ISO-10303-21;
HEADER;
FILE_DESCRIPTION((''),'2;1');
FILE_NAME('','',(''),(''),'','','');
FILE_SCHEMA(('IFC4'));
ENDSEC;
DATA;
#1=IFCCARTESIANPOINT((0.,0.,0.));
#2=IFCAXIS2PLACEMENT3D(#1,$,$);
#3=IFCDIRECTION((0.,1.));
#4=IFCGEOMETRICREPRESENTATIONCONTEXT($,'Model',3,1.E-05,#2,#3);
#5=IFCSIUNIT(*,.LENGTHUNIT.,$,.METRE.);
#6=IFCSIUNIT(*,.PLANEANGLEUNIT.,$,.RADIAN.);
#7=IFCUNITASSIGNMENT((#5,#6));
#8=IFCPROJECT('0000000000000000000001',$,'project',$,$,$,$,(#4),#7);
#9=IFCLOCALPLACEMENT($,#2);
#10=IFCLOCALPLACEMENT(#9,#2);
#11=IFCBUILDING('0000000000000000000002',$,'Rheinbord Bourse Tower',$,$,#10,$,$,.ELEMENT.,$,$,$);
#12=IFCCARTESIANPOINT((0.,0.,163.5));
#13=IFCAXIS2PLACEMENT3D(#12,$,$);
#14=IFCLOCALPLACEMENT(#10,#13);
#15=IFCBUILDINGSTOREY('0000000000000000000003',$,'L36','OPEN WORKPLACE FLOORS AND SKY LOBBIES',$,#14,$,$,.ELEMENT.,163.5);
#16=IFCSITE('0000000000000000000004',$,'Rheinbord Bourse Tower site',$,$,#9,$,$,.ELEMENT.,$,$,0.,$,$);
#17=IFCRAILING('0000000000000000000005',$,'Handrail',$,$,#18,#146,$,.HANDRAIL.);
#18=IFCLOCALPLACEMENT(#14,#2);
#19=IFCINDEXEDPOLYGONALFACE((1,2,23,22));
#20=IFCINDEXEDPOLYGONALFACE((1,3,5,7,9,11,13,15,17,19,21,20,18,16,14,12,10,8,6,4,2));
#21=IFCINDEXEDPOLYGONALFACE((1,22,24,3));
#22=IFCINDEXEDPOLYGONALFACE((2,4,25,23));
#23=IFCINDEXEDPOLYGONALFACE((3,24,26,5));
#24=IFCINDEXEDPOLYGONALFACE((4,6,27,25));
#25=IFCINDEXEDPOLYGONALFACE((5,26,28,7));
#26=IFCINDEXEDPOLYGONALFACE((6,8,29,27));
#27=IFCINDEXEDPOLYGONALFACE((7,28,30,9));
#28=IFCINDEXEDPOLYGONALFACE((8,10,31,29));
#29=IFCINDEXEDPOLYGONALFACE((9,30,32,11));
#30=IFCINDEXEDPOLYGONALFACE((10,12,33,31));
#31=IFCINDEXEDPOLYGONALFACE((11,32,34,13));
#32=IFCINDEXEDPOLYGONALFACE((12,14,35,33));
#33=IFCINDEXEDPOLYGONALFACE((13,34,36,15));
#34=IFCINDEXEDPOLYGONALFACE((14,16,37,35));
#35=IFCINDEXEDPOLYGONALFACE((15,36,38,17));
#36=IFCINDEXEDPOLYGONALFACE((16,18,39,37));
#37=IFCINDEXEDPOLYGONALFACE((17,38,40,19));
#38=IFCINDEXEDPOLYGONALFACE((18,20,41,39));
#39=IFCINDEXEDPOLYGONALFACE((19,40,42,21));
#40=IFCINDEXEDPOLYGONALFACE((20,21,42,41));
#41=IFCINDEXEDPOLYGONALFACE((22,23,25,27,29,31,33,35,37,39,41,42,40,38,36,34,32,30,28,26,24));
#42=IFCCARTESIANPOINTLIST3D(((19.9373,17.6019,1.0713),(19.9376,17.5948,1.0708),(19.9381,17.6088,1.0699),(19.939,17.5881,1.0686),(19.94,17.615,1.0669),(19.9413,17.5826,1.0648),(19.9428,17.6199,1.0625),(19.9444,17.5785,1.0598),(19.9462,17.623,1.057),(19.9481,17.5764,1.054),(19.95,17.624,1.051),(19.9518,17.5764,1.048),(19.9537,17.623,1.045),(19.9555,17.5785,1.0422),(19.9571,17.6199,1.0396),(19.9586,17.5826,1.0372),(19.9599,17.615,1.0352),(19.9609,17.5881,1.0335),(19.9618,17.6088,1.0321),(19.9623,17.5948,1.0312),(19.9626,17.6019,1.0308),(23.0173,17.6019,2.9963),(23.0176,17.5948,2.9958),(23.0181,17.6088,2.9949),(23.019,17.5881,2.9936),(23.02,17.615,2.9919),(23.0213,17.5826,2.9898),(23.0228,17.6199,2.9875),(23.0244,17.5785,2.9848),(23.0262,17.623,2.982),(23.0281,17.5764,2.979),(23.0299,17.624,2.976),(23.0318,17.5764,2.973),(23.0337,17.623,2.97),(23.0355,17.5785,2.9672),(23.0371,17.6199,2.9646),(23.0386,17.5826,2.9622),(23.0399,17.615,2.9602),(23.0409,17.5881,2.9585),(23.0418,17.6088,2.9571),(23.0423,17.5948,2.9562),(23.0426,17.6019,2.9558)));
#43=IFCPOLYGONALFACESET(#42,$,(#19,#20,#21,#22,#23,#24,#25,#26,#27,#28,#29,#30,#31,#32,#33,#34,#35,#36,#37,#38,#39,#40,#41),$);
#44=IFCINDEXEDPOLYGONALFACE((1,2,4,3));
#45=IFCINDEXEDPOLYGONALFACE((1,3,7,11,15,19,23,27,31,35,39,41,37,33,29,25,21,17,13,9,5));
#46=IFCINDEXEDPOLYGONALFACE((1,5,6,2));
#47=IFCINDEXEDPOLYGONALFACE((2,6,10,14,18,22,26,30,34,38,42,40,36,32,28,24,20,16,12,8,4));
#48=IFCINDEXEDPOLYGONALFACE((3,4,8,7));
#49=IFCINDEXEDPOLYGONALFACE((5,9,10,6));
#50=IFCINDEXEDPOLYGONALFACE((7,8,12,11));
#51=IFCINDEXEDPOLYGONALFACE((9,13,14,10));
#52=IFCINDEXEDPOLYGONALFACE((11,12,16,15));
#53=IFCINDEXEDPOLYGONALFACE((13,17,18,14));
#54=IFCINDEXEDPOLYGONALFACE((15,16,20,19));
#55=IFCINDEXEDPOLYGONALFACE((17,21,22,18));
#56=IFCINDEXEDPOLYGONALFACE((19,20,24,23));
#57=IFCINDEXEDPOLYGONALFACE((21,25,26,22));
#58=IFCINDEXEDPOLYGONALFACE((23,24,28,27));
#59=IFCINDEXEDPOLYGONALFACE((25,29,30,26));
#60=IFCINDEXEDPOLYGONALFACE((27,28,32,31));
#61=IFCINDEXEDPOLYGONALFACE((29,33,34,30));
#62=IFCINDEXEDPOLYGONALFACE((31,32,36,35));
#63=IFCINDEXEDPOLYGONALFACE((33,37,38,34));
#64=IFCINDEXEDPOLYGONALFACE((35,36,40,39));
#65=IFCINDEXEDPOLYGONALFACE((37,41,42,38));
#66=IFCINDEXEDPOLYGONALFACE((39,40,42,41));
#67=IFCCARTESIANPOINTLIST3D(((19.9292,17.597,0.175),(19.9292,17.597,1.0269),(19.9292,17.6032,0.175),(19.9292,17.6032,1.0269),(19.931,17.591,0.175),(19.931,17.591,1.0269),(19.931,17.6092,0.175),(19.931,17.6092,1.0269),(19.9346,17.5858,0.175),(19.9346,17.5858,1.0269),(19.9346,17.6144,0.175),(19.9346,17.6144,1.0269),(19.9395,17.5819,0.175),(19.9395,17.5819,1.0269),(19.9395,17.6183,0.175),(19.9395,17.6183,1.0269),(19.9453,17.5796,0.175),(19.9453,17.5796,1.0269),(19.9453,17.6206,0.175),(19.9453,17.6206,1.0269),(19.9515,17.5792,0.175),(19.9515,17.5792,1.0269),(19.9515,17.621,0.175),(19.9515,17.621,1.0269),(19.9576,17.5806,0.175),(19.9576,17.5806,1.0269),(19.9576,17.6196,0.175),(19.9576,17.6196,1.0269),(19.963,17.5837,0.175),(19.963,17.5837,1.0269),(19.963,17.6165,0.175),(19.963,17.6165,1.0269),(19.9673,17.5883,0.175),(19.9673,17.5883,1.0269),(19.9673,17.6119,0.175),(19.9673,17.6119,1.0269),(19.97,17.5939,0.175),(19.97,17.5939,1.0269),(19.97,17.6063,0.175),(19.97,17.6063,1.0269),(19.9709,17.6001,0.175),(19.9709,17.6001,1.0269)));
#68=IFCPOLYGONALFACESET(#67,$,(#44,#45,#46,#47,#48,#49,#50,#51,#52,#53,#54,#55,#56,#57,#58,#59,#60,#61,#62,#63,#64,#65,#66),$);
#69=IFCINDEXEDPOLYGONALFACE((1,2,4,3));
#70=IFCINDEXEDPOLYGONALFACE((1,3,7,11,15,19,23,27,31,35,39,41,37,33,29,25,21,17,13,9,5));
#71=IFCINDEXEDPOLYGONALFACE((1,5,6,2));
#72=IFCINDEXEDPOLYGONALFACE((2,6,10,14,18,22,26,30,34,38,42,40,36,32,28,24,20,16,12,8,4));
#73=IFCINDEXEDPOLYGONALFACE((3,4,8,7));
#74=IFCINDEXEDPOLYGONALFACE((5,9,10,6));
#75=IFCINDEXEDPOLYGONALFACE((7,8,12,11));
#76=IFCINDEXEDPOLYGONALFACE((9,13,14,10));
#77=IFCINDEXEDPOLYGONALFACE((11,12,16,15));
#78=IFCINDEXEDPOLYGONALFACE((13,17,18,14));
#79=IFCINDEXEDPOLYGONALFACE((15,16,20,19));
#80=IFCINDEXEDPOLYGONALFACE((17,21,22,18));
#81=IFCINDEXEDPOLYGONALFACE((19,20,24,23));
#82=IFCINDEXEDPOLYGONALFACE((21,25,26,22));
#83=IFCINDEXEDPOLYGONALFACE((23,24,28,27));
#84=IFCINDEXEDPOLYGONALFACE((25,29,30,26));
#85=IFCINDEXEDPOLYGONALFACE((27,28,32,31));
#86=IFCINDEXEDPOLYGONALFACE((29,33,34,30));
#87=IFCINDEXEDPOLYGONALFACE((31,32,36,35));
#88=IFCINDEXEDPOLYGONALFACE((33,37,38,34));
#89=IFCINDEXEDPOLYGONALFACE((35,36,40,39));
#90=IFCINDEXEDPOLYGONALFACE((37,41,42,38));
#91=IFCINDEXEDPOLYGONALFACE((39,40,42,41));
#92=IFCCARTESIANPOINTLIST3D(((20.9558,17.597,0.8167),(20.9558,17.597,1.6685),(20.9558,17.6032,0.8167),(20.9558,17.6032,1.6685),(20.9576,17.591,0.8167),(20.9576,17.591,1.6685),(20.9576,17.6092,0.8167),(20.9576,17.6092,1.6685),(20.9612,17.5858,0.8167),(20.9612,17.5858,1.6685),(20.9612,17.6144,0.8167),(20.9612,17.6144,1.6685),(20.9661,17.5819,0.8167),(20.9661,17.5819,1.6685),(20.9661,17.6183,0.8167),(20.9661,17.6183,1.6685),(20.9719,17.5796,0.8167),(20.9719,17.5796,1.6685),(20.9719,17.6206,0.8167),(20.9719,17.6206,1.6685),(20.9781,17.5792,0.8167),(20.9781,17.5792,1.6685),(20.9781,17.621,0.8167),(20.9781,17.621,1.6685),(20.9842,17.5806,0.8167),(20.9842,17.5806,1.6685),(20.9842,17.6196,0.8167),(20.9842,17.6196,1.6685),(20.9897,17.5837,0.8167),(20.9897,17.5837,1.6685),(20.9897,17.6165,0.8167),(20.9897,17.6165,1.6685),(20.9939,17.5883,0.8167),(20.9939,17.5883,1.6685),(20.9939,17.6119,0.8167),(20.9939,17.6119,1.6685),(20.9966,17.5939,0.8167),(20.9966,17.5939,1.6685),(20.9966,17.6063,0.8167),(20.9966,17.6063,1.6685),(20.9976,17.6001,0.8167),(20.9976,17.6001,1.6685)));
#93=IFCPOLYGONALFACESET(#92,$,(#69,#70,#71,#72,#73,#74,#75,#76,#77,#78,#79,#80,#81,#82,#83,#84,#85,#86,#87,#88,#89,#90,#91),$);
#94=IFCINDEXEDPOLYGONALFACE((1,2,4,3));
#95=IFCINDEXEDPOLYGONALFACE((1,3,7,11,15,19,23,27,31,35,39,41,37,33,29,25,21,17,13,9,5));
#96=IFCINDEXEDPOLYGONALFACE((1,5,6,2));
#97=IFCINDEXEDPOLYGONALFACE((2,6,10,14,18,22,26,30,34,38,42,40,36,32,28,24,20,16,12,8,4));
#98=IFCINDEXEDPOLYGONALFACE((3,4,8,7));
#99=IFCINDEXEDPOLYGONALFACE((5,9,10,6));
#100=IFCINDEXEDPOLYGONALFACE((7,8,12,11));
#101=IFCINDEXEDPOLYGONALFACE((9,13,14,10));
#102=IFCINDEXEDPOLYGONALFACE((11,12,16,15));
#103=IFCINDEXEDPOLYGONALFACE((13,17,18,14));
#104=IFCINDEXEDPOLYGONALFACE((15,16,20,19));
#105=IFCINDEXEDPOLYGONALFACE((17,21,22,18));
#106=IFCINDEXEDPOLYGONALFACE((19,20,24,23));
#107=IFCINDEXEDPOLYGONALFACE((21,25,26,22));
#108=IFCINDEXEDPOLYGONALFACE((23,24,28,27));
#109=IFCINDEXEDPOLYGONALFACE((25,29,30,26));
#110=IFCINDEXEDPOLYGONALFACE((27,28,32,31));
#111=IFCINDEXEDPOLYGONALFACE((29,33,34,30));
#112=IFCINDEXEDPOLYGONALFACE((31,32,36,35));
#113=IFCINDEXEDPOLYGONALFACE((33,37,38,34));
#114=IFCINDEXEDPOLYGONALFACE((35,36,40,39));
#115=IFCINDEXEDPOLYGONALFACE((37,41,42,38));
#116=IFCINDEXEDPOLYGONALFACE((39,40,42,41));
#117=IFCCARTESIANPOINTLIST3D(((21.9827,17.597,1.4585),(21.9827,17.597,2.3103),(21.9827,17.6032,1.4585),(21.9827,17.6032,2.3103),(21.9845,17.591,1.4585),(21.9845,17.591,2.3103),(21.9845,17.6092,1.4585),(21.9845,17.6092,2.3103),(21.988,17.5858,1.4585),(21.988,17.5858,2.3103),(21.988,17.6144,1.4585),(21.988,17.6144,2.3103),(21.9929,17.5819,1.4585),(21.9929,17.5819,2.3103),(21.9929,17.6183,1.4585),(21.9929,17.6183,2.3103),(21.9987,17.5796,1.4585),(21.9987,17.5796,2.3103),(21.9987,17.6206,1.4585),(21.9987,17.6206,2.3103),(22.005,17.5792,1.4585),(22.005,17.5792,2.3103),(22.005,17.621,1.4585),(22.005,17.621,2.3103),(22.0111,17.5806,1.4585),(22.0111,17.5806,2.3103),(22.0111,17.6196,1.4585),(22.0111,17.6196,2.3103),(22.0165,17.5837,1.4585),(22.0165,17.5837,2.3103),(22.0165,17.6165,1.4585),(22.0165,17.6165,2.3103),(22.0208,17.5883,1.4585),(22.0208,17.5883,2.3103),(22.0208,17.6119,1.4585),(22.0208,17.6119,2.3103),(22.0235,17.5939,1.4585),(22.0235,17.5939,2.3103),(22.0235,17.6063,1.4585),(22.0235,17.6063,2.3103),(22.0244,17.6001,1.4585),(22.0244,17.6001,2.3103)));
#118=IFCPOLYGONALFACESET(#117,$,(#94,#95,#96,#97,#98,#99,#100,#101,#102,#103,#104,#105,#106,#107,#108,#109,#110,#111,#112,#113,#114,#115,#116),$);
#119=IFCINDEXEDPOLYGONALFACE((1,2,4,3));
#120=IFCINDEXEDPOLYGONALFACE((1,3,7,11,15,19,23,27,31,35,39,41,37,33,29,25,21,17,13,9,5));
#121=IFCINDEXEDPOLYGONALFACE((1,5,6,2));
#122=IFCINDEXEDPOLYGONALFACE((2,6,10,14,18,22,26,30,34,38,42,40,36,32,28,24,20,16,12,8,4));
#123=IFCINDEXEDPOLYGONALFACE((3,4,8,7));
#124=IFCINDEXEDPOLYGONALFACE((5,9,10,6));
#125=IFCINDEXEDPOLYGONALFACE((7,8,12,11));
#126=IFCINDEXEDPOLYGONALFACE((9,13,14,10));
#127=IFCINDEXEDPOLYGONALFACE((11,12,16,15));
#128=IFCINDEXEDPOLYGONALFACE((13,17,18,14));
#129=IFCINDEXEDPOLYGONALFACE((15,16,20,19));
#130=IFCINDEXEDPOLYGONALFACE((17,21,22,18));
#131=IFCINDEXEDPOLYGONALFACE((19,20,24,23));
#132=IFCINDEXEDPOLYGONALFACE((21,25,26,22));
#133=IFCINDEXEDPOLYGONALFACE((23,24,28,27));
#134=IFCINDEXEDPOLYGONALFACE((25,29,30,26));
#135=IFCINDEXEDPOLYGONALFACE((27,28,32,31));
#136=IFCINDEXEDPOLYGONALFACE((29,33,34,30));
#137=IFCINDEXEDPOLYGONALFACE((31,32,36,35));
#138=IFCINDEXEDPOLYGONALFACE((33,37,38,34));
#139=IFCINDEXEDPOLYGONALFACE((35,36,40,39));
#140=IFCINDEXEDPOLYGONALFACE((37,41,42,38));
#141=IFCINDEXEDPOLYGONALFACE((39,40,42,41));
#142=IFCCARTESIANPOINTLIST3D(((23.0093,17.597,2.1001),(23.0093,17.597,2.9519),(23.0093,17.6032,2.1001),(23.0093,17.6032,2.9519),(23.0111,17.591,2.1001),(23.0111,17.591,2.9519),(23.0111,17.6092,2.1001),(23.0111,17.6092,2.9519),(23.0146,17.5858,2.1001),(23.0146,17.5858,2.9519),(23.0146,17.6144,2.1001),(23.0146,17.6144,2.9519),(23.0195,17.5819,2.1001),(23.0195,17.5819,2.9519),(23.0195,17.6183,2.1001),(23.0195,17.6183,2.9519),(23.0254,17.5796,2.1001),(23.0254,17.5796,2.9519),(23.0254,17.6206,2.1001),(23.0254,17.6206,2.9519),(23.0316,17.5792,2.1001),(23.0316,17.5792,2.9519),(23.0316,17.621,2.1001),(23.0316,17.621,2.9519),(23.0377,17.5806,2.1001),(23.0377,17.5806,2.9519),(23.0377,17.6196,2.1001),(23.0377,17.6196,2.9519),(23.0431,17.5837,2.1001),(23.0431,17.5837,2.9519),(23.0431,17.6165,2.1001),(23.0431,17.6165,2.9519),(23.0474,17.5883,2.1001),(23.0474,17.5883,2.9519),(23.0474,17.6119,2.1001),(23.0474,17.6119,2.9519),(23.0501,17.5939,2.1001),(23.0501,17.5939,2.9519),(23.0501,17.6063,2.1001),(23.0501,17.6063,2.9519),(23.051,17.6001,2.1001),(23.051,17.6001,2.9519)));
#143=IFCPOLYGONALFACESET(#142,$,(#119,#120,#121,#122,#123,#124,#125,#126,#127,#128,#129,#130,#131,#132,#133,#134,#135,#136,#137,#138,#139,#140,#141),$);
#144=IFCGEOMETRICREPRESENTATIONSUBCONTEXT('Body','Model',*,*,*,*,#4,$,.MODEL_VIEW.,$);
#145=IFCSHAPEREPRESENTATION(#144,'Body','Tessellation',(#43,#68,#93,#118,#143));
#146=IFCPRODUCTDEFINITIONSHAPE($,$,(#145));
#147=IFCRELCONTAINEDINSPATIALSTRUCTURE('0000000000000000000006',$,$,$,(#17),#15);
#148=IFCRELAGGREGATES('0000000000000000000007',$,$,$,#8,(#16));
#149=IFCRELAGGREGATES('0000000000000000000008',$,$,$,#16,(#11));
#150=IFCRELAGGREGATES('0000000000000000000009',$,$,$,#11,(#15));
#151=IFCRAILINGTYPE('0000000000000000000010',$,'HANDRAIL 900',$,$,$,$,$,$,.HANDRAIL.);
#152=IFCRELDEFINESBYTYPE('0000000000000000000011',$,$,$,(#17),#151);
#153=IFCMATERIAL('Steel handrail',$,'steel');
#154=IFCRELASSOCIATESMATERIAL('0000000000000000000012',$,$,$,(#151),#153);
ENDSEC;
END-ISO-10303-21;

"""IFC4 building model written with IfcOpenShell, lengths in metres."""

from ifc_helpers import new_model, si_unit, direction, frame, origin, origin_2d, place, context, subcontext, project, spatial, circle, extrude, material, type_object, element, save


model = new_model("IFC4")

# Units and contexts
model_context = context("Model", 3, precision=1e-05, world=origin(), true_north=direction((0.0, 1.0)))
body_context = subcontext(model_context, "Body", "Model", "MODEL_VIEW")
ifc_project = project(units=[si_unit("LENGTHUNIT", "METRE"), si_unit("PLANEANGLEUNIT", "RADIAN")], contexts=[model_context])

# Site, building, storey
site_placement = place(None, origin())
site = spatial("IfcSite", under=ifc_project, at=site_placement, Name="Rheinbord Bourse Tower site", CompositionType="ELEMENT", RefElevation=0.0)
building_placement = place(site_placement, origin())
building = spatial("IfcBuilding", under=site, at=building_placement, Name="Rheinbord Bourse Tower", CompositionType="ELEMENT")
storey_placement = place(building_placement, frame((0.0, 0.0, 163.5)))
storey = spatial("IfcBuildingStorey", under=building, at=storey_placement, Name="L36", Description="OPEN WORKPLACE FLOORS AND SKY LOBBIES", CompositionType="ELEMENT", Elevation=163.5)

# Railing
ifc_material_1 = material(Name="Steel handrail", Category="steel")
railing_type = type_object("IfcRailingType", Name="HANDRAIL 900", PredefinedType="HANDRAIL", material=ifc_material_1)
railing_1_placement = place(storey_placement, frame((19.95, 17.6001, 0.175)))
element("IfcRailing", 1, at=railing_1_placement, inside=storey, type_object=railing_type, Name="Handrail", PredefinedType="HANDRAIL", context=body_context, shape_type="SweptSolid", body=[
    extrude(circle(Radius=0.0239, at=origin_2d()), frame((0.0, 0.0, 0.876), z_axis=(0.847998, 0.0, 0.529999), x_axis=(0.0, 1.0, 0.0)), (0.0, 0.0, 1.0), 3.6321),
    extrude(circle(Radius=0.021, at=origin_2d()), origin(), (0.0, 0.0, 1.0), 0.8518),
    extrude(circle(Radius=0.021, at=origin_2d()), frame((1.0266, 0.0, 0.6416)), (0.0, 0.0, 1.0), 0.8518),
    extrude(circle(Radius=0.021, at=origin_2d()), frame((2.0535, 0.0, 1.2834)), (0.0, 0.0, 1.0), 0.8518),
    extrude(circle(Radius=0.021, at=origin_2d()), frame((3.0801, 0.0, 1.925)), (0.0, 0.0, 1.0), 0.8518),
])

save(model, "model.ifc")
